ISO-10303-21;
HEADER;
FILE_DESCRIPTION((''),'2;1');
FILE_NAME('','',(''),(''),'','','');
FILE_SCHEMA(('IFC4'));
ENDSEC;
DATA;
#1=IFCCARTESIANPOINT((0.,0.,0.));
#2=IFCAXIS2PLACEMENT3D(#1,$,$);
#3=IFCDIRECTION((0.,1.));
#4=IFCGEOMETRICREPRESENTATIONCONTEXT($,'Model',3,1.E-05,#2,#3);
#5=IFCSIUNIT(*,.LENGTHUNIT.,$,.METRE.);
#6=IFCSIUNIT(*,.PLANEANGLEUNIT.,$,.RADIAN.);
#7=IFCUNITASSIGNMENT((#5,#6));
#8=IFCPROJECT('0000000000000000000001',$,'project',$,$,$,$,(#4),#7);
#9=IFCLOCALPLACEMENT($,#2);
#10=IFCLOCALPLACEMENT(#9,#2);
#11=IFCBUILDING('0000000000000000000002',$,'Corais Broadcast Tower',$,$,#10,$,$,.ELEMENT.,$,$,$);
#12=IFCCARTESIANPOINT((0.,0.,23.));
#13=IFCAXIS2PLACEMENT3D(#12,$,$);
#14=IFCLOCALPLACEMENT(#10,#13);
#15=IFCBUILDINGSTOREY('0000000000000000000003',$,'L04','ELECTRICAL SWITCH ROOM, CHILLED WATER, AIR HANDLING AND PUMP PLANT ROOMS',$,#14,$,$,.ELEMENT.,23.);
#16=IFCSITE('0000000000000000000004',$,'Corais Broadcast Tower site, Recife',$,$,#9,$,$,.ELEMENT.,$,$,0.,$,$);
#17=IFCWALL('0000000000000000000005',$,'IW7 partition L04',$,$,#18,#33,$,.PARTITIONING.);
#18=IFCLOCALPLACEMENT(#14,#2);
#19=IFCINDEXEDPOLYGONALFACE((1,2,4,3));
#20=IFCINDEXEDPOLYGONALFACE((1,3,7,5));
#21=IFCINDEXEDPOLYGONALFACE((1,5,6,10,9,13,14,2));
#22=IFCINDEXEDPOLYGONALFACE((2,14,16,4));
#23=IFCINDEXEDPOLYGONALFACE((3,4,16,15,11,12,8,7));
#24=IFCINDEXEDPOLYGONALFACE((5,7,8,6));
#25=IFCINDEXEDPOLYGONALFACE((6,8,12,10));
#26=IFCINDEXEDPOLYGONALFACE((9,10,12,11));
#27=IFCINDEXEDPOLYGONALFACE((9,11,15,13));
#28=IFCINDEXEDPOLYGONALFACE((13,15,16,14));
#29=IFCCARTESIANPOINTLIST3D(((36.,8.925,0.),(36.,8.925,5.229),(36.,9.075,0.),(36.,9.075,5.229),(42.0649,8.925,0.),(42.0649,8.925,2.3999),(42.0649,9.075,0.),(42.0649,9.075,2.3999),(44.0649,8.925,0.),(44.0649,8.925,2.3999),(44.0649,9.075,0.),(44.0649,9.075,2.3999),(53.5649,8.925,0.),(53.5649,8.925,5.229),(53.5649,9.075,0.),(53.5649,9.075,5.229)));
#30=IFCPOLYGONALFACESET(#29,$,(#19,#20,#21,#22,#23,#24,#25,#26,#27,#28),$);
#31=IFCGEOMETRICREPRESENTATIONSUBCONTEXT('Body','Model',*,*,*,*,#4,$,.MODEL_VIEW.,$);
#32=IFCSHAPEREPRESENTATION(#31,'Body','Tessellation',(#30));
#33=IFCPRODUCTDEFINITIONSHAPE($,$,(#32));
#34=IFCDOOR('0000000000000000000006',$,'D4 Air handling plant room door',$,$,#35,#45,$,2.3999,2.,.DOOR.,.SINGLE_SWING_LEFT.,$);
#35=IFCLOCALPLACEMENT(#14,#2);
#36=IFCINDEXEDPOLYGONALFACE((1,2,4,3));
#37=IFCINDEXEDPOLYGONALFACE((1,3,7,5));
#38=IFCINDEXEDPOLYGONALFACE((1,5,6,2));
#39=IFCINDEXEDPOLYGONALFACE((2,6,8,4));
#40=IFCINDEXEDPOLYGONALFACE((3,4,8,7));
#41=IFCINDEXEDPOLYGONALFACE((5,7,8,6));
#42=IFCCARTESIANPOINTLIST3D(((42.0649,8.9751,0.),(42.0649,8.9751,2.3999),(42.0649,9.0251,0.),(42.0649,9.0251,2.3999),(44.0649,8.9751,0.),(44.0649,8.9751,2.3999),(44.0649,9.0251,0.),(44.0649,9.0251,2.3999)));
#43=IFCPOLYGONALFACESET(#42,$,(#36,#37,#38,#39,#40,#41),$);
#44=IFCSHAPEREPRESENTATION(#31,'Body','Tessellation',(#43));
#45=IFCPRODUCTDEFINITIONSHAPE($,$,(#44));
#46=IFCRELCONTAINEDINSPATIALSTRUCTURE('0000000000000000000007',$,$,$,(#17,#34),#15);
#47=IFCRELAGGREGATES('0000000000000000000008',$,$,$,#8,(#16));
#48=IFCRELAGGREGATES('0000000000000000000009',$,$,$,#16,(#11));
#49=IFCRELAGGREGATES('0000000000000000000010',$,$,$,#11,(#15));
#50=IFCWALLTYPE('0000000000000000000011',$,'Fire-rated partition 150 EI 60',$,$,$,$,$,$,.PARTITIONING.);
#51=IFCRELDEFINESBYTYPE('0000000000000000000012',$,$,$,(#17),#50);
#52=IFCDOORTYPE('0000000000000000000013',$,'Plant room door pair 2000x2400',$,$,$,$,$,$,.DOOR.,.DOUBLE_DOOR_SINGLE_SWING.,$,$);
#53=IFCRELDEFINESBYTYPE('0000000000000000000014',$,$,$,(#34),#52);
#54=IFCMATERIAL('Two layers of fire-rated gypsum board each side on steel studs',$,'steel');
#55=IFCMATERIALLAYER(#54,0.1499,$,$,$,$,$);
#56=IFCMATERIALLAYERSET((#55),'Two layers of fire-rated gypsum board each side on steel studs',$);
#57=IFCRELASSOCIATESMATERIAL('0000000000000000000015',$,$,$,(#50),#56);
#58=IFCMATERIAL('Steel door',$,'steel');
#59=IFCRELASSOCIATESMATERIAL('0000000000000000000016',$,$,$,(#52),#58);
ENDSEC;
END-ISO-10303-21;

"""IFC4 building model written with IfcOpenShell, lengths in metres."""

from ifc_helpers import new_model, si_unit, direction, frame, frame_2d, origin, place, context, subcontext, project, spatial, rectangle, extrude, material, layer, layer_set, type_object, element, fill, save


model = new_model("IFC4")

# Units and contexts
model_context = context("Model", 3, precision=1e-05, world=origin(), true_north=direction((0.0, 1.0)))
body_context = subcontext(model_context, "Body", "Model", "MODEL_VIEW")
ifc_project = project(units=[si_unit("LENGTHUNIT", "METRE"), si_unit("PLANEANGLEUNIT", "RADIAN")], contexts=[model_context])

# Site, building, storey
site_placement = place(None, origin())
site = spatial("IfcSite", under=ifc_project, at=site_placement, Name="Corais Broadcast Tower site, Recife", CompositionType="ELEMENT", RefElevation=0.0)
building_placement = place(site_placement, origin())
building = spatial("IfcBuilding", under=site, at=building_placement, Name="Corais Broadcast Tower", CompositionType="ELEMENT")
storey_placement = place(building_placement, frame((0.0, 0.0, 23.0)))
storey = spatial("IfcBuildingStorey", under=building, at=storey_placement, Name="L04", Description="ELECTRICAL SWITCH ROOM, CHILLED WATER, AIR HANDLING AND PUMP PLANT ROOMS", CompositionType="ELEMENT", Elevation=23.0)

# Wall, opening, door
ifc_material_1 = material(Name="Two layers of fire-rated gypsum board each side on steel studs", Category="steel")
ifc_layer_1 = layer(ifc_material_1, 0.1499)
ifc_layer_set_1 = layer_set([ifc_layer_1], Name="Two layers of fire-rated gypsum board each side on steel studs")
wall_type_1 = type_object("IfcWallType", Name="Fire-rated partition 150 EI 60", PredefinedType="PARTITIONING", material=ifc_layer_set_1)
wall_1_placement = place(storey_placement, frame((53.5649, 9.0, 0.0), z_axis=(0.0, 0.0, 1.0), x_axis=(-1.0, 0.0, 0.0)))
wall_1 = element("IfcWall", 1, at=wall_1_placement, inside=storey, type_object=wall_type_1, Name="IW7 partition L04", PredefinedType="PARTITIONING", context=body_context, shape_type="SweptSolid", body=[
    extrude(rectangle(XDim=17.5649, YDim=0.1499, at=frame_2d((8.7825, 0.0))), origin(), (0.0, 0.0, 1.0), 5.229),
])
opening_1_placement = place(wall_1_placement, frame((9.5, 0.0, 0.0)))
opening_1 = element("IfcOpeningElement", 2, at=opening_1_placement, cuts=wall_1, PredefinedType="OPENING", context=body_context, shape_type="SweptSolid", body=[
    extrude(rectangle(XDim=2.0, YDim=2.3999, at=frame_2d((1.0, 1.2))), frame((0.0, 0.085, 0.0), z_axis=(0.0, -1.0, 0.0), x_axis=(1.0, 0.0, 0.0)), (0.0, 0.0, 1.0), 0.1699),
])
ifc_material_2 = material(Name="Steel door", Category="steel")
door_type = type_object("IfcDoorType", Name="Plant room door pair 2000x2400", OperationType="DOUBLE_DOOR_SINGLE_SWING", PredefinedType="DOOR", material=ifc_material_2)
door_placement = place(opening_1_placement, origin())
door = element("IfcDoor", 3, at=door_placement, inside=storey, type_object=door_type, Name="D4 Air handling plant room door", OperationType="SINGLE_SWING_LEFT", OverallHeight=2.3999, OverallWidth=2.0, PredefinedType="DOOR", context=body_context, shape_type="SweptSolid", body=[
    extrude(rectangle(XDim=2.0, YDim=2.3999, at=frame_2d((1.0, 1.2))), frame((0.0, 0.0249, 0.0), z_axis=(0.0, -1.0, 0.0), x_axis=(1.0, 0.0, 0.0)), (0.0, 0.0, 1.0), 0.05),
])
fill(opening_1, door)

save(model, "model.ifc")
